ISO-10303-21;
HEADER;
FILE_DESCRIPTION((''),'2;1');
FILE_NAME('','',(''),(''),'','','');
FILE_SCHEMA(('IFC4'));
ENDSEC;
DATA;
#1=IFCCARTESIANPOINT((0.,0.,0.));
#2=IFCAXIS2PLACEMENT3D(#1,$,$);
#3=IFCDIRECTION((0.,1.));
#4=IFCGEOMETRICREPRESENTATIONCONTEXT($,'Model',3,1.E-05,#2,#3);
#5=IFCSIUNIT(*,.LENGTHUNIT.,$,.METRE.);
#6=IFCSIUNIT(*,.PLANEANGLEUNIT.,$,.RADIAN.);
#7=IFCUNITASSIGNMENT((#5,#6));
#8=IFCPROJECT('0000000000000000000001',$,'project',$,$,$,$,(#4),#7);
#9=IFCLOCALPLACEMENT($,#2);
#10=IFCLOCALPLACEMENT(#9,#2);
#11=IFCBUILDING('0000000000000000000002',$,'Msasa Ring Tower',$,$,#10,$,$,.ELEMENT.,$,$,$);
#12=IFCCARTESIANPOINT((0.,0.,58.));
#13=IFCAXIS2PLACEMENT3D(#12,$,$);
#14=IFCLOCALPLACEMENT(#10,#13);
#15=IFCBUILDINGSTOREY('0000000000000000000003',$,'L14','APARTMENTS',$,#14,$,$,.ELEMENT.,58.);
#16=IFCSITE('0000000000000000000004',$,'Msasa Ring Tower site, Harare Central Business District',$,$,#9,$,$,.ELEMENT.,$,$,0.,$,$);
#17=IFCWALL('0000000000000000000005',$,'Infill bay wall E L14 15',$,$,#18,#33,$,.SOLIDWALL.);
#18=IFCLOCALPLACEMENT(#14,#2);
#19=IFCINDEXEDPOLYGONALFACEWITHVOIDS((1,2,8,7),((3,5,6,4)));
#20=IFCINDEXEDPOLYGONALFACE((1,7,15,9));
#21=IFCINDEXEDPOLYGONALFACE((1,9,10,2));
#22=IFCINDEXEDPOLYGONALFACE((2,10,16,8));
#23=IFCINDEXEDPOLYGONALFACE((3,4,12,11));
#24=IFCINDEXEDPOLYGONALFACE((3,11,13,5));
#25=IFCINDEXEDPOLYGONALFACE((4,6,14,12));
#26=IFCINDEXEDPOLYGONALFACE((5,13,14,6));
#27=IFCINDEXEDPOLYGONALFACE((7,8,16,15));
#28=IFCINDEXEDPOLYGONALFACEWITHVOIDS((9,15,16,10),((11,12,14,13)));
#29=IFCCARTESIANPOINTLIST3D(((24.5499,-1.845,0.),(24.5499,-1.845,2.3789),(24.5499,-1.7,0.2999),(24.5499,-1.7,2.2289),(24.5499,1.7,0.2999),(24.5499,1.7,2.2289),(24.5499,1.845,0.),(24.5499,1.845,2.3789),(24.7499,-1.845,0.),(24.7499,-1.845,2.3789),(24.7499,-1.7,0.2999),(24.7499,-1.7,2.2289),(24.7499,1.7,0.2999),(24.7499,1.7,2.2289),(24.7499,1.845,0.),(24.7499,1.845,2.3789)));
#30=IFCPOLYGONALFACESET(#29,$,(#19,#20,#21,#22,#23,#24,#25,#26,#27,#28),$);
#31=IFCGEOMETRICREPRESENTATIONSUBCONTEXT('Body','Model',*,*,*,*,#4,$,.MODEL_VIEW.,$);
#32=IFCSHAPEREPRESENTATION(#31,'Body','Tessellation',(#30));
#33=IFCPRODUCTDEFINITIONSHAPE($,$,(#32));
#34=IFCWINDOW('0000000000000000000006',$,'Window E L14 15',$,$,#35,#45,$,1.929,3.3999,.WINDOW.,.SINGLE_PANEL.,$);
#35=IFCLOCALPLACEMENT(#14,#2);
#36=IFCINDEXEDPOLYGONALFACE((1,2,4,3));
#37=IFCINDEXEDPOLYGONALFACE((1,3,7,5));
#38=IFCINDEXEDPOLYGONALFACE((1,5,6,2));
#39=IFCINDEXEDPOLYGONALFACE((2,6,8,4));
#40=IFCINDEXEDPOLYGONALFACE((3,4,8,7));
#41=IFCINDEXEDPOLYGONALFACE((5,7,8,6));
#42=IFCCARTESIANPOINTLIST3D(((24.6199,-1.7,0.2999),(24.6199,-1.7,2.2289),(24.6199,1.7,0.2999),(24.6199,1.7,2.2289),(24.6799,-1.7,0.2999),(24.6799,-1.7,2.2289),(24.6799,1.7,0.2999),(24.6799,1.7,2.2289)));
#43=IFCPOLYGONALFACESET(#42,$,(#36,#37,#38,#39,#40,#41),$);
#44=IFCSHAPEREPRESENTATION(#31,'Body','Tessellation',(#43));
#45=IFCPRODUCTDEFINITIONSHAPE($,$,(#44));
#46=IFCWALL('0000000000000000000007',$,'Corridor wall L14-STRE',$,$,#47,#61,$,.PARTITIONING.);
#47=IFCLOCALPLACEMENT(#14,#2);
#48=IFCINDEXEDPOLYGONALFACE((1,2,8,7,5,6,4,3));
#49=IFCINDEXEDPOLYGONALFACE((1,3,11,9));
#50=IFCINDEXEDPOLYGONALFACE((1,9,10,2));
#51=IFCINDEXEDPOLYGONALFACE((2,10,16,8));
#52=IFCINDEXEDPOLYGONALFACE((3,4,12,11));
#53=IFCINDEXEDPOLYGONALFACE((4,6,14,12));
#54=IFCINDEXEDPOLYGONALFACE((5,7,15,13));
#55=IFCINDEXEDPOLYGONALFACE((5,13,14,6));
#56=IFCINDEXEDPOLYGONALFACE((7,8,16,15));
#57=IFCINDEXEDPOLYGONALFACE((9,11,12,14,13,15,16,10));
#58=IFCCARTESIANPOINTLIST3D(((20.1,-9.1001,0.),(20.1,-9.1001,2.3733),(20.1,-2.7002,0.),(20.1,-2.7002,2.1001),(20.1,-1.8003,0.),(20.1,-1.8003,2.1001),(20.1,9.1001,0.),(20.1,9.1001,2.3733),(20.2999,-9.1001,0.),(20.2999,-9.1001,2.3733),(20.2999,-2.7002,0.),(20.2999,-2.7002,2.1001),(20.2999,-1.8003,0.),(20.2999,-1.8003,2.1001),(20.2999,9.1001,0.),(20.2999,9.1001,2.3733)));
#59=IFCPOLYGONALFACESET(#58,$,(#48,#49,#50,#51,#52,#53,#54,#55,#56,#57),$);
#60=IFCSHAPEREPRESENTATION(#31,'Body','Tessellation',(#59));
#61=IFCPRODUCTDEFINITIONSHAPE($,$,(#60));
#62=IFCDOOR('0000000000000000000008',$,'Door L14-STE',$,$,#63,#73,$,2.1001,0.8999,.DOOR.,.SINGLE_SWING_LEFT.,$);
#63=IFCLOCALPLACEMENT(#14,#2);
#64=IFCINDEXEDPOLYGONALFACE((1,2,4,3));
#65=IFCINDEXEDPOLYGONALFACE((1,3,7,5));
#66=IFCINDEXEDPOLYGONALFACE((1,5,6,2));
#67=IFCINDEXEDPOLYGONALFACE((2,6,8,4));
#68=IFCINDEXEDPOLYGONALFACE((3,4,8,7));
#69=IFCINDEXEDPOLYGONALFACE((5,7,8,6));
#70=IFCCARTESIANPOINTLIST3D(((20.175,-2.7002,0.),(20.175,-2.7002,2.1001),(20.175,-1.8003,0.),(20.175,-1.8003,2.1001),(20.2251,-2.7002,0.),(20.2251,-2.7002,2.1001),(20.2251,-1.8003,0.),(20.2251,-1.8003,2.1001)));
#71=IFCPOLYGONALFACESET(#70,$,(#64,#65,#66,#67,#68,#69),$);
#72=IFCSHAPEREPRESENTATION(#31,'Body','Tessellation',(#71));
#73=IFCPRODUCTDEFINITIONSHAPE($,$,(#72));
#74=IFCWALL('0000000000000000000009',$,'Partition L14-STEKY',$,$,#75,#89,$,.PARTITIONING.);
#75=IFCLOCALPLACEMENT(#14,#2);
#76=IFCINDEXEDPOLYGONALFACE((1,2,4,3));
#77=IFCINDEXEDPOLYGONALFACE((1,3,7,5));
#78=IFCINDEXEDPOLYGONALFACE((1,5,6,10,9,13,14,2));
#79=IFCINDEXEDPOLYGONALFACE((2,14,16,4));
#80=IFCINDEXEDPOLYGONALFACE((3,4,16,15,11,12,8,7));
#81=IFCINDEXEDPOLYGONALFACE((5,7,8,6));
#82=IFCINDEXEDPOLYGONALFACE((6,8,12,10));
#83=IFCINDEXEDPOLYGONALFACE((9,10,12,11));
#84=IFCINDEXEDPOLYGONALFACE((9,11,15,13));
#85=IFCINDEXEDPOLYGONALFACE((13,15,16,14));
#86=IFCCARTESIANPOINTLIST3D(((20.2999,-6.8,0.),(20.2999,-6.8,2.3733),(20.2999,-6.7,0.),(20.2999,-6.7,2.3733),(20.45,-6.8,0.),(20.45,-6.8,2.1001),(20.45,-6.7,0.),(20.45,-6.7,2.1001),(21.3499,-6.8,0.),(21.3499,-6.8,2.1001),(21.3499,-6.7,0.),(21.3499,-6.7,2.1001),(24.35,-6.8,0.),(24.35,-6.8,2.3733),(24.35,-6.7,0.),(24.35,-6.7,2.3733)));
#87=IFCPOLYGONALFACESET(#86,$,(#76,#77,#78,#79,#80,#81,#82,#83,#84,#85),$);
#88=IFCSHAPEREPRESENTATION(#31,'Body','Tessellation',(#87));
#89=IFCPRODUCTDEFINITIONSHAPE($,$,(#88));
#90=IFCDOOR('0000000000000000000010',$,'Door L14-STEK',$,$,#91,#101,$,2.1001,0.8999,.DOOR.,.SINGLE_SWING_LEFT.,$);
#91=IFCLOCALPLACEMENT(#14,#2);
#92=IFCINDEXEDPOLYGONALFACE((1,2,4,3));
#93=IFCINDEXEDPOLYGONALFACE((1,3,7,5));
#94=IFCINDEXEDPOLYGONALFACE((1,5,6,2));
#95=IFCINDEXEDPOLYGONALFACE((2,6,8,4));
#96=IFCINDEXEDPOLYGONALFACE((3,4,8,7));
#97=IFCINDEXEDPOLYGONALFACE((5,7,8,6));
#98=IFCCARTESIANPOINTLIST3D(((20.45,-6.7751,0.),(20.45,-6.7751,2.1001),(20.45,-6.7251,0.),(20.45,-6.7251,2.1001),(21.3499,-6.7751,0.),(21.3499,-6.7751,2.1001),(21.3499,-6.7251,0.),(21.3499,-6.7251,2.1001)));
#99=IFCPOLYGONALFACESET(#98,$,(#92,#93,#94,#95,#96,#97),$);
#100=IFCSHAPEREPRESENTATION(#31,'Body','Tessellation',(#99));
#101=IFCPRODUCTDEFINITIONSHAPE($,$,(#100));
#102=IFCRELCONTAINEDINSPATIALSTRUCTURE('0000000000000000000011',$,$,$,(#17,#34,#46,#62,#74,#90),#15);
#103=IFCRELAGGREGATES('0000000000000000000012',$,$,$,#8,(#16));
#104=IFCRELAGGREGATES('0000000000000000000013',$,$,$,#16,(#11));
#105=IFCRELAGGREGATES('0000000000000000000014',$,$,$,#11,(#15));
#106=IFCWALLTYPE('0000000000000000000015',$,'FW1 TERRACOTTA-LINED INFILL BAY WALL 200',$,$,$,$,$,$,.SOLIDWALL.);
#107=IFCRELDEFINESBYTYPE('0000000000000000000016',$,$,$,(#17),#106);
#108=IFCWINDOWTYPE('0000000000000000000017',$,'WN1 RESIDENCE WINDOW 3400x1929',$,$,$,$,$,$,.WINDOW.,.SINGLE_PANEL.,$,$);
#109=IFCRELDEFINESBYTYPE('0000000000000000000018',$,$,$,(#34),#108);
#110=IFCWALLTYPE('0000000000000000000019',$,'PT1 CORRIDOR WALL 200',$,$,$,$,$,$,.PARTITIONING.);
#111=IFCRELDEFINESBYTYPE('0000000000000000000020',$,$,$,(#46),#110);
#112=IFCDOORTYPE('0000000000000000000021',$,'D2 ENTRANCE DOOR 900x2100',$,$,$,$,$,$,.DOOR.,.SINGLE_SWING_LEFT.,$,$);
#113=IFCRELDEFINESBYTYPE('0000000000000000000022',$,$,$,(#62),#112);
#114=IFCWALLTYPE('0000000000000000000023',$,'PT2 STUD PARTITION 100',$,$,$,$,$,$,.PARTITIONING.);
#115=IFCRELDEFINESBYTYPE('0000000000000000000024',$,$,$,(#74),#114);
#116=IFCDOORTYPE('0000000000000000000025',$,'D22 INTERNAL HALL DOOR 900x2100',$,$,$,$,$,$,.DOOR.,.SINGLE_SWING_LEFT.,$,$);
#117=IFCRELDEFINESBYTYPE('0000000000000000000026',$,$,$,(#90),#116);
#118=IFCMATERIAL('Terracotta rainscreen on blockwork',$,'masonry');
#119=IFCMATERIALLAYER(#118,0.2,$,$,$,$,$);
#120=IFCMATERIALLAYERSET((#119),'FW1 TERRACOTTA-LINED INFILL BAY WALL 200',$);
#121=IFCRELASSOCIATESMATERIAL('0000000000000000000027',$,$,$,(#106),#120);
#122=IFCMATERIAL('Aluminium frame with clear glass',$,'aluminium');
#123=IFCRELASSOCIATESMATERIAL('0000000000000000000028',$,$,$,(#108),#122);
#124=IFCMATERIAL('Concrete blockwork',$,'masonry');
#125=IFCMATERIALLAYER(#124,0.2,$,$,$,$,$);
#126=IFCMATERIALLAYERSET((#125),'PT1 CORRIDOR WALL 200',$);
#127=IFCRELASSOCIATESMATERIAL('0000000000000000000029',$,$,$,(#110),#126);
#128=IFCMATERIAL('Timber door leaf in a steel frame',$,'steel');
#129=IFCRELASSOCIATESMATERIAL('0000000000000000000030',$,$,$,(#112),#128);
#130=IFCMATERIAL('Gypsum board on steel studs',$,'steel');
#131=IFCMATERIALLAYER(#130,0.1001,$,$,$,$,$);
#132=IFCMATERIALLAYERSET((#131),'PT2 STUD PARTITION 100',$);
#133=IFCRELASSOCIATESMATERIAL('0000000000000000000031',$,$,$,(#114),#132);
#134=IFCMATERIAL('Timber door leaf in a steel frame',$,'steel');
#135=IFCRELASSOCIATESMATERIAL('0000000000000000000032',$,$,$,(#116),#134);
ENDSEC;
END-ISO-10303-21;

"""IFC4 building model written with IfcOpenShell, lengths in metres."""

from ifc_helpers import new_model, si_unit, direction, frame, frame_2d, origin, place, context, subcontext, project, spatial, rectangle, extrude, material, layer, layer_set, type_object, element, fill, save


model = new_model("IFC4")

# Units and contexts
model_context = context("Model", 3, precision=1e-05, world=origin(), true_north=direction((0.0, 1.0)))
body_context = subcontext(model_context, "Body", "Model", "MODEL_VIEW")
ifc_project = project(units=[si_unit("LENGTHUNIT", "METRE"), si_unit("PLANEANGLEUNIT", "RADIAN")], contexts=[model_context])

# Site, building, storey
site_placement = place(None, origin())
site = spatial("IfcSite", under=ifc_project, at=site_placement, Name="Msasa Ring Tower site, Harare Central Business District", CompositionType="ELEMENT", RefElevation=0.0)
building_placement = place(site_placement, origin())
building = spatial("IfcBuilding", under=site, at=building_placement, Name="Msasa Ring Tower", CompositionType="ELEMENT")
storey_placement = place(building_placement, frame((0.0, 0.0, 58.0)))
storey = spatial("IfcBuildingStorey", under=building, at=storey_placement, Name="L14", Description="APARTMENTS", CompositionType="ELEMENT", Elevation=58.0)

# Wall, opening, window
ifc_material_1 = material(Name="Terracotta rainscreen on blockwork", Category="masonry")
ifc_layer_1 = layer(ifc_material_1, 0.2)
ifc_layer_set_1 = layer_set([ifc_layer_1], Name="FW1 TERRACOTTA-LINED INFILL BAY WALL 200")
wall_type_1 = type_object("IfcWallType", Name="FW1 TERRACOTTA-LINED INFILL BAY WALL 200", PredefinedType="SOLIDWALL", material=ifc_layer_set_1)
ifc_material_2 = material(Name="Aluminium frame with clear glass", Category="aluminium")
window_type = type_object("IfcWindowType", Name="WN1 RESIDENCE WINDOW 3400x1929", PartitioningType="SINGLE_PANEL", PredefinedType="WINDOW", material=ifc_material_2)
wall_1_placement = place(storey_placement, frame((24.6499, -1.845, 0.0), z_axis=(0.0, 0.0, 1.0), x_axis=(0.0, 1.0, 0.0)))
wall_1 = element("IfcWall", 1, at=wall_1_placement, inside=storey, type_object=wall_type_1, Name="Infill bay wall E L14 15", PredefinedType="SOLIDWALL", context=body_context, shape_type="SweptSolid", body=[
    extrude(rectangle(XDim=3.6899, YDim=0.2, at=frame_2d((1.845, 0.0))), origin(), (0.0, 0.0, 1.0), 2.3789),
])
opening_1_placement = place(wall_1_placement, frame((0.145, 0.0, 0.3)))
opening_1 = element("IfcOpeningElement", 2, at=opening_1_placement, cuts=wall_1, PredefinedType="OPENING", context=body_context, shape_type="SweptSolid", body=[
    extrude(rectangle(XDim=3.3999, YDim=1.929, at=frame_2d((1.7, 0.9644))), frame((0.0, 0.1099, 0.0), z_axis=(0.0, -1.0, 0.0), x_axis=(1.0, 0.0, 0.0)), (0.0, 0.0, 1.0), 0.22),
])
window_1_placement = place(opening_1_placement, origin())
window_1 = element("IfcWindow", 3, at=window_1_placement, inside=storey, type_object=window_type, Name="Window E L14 15", OverallHeight=1.929, OverallWidth=3.3999, PartitioningType="SINGLE_PANEL", PredefinedType="WINDOW", context=body_context, shape_type="SweptSolid", body=[
    extrude(rectangle(XDim=3.3999, YDim=1.929, at=frame_2d((1.7, 0.9644))), frame((0.0, 0.03, 0.0), z_axis=(0.0, -1.0, 0.0), x_axis=(1.0, 0.0, 0.0)), (0.0, 0.0, 1.0), 0.0601),
])
fill(opening_1, window_1)

# Walls, openings, doors
ifc_material_3 = material(Name="Concrete blockwork", Category="masonry")
ifc_layer_2 = layer(ifc_material_3, 0.2)
ifc_layer_set_2 = layer_set([ifc_layer_2], Name="PT1 CORRIDOR WALL 200")
wall_type_2 = type_object("IfcWallType", Name="PT1 CORRIDOR WALL 200", PredefinedType="PARTITIONING", material=ifc_layer_set_2)
wall_2_placement = place(storey_placement, frame((20.2, -9.1001, 0.0), z_axis=(0.0, 0.0, 1.0), x_axis=(0.0, 1.0, 0.0)))
wall_2 = element("IfcWall", 4, at=wall_2_placement, inside=storey, type_object=wall_type_2, Name="Corridor wall L14-STRE", PredefinedType="PARTITIONING", context=body_context, shape_type="SweptSolid", body=[
    extrude(rectangle(XDim=18.2002, YDim=0.2, at=frame_2d((9.1001, 0.0))), origin(), (0.0, 0.0, 1.0), 2.3733),
])
opening_2_placement = place(wall_2_placement, frame((6.3999, 0.0, 0.0)))
opening_2 = element("IfcOpeningElement", 5, at=opening_2_placement, cuts=wall_2, PredefinedType="OPENING", context=body_context, shape_type="SweptSolid", body=[
    extrude(rectangle(XDim=0.8999, YDim=2.1001, at=frame_2d((0.45, 1.05))), frame((0.0, 0.1099, 0.0), z_axis=(0.0, -1.0, 0.0), x_axis=(1.0, 0.0, 0.0)), (0.0, 0.0, 1.0), 0.22),
])
ifc_material_4 = material(Name="Timber door leaf in a steel frame", Category="steel")
door_type_1 = type_object("IfcDoorType", Name="D2 ENTRANCE DOOR 900x2100", OperationType="SINGLE_SWING_LEFT", PredefinedType="DOOR", material=ifc_material_4)
door_1_placement = place(opening_2_placement, origin())
door_1 = element("IfcDoor", 6, at=door_1_placement, inside=storey, type_object=door_type_1, Name="Door L14-STE", OperationType="SINGLE_SWING_LEFT", OverallHeight=2.1001, OverallWidth=0.8999, PredefinedType="DOOR", context=body_context, shape_type="SweptSolid", body=[
    extrude(rectangle(XDim=0.8999, YDim=2.1001, at=frame_2d((0.45, 1.05))), frame((0.0, 0.0249, 0.0), z_axis=(0.0, -1.0, 0.0), x_axis=(1.0, 0.0, 0.0)), (0.0, 0.0, 1.0), 0.05),
])
fill(opening_2, door_1)
ifc_material_5 = material(Name="Gypsum board on steel studs", Category="steel")
ifc_layer_3 = layer(ifc_material_5, 0.1001)
ifc_layer_set_3 = layer_set([ifc_layer_3], Name="PT2 STUD PARTITION 100")
wall_type_3 = type_object("IfcWallType", Name="PT2 STUD PARTITION 100", PredefinedType="PARTITIONING", material=ifc_layer_set_3)
wall_3_placement = place(storey_placement, frame((20.3, -6.75, 0.0), z_axis=(0.0, 0.0, 1.0), x_axis=(1.0, 0.0, 0.0)))
wall_3 = element("IfcWall", 7, at=wall_3_placement, inside=storey, type_object=wall_type_3, Name="Partition L14-STEKY", PredefinedType="PARTITIONING", context=body_context, shape_type="SweptSolid", body=[
    extrude(rectangle(XDim=4.05, YDim=0.1001, at=frame_2d((2.0249, 0.0))), origin(), (0.0, 0.0, 1.0), 2.3733),
])
opening_3_placement = place(wall_3_placement, frame((0.1499, 0.0, 0.0)))
opening_3 = element("IfcOpeningElement", 8, at=opening_3_placement, cuts=wall_3, PredefinedType="OPENING", context=body_context, shape_type="SweptSolid", body=[
    extrude(rectangle(XDim=0.8999, YDim=2.1001, at=frame_2d((0.45, 1.05))), frame((0.0, 0.0601, 0.0), z_axis=(0.0, -1.0, 0.0), x_axis=(1.0, 0.0, 0.0)), (0.0, 0.0, 1.0), 0.1201),
])
ifc_material_6 = material(Name="Timber door leaf in a steel frame", Category="steel")
door_type_2 = type_object("IfcDoorType", Name="D22 INTERNAL HALL DOOR 900x2100", OperationType="SINGLE_SWING_LEFT", PredefinedType="DOOR", material=ifc_material_6)
door_2_placement = place(opening_3_placement, origin())
door_2 = element("IfcDoor", 9, at=door_2_placement, inside=storey, type_object=door_type_2, Name="Door L14-STEK", OperationType="SINGLE_SWING_LEFT", OverallHeight=2.1001, OverallWidth=0.8999, PredefinedType="DOOR", context=body_context, shape_type="SweptSolid", body=[
    extrude(rectangle(XDim=0.8999, YDim=2.1001, at=frame_2d((0.45, 1.05))), frame((0.0, 0.0249, 0.0), z_axis=(0.0, -1.0, 0.0), x_axis=(1.0, 0.0, 0.0)), (0.0, 0.0, 1.0), 0.05),
])
fill(opening_3, door_2)

save(model, "model.ifc")
